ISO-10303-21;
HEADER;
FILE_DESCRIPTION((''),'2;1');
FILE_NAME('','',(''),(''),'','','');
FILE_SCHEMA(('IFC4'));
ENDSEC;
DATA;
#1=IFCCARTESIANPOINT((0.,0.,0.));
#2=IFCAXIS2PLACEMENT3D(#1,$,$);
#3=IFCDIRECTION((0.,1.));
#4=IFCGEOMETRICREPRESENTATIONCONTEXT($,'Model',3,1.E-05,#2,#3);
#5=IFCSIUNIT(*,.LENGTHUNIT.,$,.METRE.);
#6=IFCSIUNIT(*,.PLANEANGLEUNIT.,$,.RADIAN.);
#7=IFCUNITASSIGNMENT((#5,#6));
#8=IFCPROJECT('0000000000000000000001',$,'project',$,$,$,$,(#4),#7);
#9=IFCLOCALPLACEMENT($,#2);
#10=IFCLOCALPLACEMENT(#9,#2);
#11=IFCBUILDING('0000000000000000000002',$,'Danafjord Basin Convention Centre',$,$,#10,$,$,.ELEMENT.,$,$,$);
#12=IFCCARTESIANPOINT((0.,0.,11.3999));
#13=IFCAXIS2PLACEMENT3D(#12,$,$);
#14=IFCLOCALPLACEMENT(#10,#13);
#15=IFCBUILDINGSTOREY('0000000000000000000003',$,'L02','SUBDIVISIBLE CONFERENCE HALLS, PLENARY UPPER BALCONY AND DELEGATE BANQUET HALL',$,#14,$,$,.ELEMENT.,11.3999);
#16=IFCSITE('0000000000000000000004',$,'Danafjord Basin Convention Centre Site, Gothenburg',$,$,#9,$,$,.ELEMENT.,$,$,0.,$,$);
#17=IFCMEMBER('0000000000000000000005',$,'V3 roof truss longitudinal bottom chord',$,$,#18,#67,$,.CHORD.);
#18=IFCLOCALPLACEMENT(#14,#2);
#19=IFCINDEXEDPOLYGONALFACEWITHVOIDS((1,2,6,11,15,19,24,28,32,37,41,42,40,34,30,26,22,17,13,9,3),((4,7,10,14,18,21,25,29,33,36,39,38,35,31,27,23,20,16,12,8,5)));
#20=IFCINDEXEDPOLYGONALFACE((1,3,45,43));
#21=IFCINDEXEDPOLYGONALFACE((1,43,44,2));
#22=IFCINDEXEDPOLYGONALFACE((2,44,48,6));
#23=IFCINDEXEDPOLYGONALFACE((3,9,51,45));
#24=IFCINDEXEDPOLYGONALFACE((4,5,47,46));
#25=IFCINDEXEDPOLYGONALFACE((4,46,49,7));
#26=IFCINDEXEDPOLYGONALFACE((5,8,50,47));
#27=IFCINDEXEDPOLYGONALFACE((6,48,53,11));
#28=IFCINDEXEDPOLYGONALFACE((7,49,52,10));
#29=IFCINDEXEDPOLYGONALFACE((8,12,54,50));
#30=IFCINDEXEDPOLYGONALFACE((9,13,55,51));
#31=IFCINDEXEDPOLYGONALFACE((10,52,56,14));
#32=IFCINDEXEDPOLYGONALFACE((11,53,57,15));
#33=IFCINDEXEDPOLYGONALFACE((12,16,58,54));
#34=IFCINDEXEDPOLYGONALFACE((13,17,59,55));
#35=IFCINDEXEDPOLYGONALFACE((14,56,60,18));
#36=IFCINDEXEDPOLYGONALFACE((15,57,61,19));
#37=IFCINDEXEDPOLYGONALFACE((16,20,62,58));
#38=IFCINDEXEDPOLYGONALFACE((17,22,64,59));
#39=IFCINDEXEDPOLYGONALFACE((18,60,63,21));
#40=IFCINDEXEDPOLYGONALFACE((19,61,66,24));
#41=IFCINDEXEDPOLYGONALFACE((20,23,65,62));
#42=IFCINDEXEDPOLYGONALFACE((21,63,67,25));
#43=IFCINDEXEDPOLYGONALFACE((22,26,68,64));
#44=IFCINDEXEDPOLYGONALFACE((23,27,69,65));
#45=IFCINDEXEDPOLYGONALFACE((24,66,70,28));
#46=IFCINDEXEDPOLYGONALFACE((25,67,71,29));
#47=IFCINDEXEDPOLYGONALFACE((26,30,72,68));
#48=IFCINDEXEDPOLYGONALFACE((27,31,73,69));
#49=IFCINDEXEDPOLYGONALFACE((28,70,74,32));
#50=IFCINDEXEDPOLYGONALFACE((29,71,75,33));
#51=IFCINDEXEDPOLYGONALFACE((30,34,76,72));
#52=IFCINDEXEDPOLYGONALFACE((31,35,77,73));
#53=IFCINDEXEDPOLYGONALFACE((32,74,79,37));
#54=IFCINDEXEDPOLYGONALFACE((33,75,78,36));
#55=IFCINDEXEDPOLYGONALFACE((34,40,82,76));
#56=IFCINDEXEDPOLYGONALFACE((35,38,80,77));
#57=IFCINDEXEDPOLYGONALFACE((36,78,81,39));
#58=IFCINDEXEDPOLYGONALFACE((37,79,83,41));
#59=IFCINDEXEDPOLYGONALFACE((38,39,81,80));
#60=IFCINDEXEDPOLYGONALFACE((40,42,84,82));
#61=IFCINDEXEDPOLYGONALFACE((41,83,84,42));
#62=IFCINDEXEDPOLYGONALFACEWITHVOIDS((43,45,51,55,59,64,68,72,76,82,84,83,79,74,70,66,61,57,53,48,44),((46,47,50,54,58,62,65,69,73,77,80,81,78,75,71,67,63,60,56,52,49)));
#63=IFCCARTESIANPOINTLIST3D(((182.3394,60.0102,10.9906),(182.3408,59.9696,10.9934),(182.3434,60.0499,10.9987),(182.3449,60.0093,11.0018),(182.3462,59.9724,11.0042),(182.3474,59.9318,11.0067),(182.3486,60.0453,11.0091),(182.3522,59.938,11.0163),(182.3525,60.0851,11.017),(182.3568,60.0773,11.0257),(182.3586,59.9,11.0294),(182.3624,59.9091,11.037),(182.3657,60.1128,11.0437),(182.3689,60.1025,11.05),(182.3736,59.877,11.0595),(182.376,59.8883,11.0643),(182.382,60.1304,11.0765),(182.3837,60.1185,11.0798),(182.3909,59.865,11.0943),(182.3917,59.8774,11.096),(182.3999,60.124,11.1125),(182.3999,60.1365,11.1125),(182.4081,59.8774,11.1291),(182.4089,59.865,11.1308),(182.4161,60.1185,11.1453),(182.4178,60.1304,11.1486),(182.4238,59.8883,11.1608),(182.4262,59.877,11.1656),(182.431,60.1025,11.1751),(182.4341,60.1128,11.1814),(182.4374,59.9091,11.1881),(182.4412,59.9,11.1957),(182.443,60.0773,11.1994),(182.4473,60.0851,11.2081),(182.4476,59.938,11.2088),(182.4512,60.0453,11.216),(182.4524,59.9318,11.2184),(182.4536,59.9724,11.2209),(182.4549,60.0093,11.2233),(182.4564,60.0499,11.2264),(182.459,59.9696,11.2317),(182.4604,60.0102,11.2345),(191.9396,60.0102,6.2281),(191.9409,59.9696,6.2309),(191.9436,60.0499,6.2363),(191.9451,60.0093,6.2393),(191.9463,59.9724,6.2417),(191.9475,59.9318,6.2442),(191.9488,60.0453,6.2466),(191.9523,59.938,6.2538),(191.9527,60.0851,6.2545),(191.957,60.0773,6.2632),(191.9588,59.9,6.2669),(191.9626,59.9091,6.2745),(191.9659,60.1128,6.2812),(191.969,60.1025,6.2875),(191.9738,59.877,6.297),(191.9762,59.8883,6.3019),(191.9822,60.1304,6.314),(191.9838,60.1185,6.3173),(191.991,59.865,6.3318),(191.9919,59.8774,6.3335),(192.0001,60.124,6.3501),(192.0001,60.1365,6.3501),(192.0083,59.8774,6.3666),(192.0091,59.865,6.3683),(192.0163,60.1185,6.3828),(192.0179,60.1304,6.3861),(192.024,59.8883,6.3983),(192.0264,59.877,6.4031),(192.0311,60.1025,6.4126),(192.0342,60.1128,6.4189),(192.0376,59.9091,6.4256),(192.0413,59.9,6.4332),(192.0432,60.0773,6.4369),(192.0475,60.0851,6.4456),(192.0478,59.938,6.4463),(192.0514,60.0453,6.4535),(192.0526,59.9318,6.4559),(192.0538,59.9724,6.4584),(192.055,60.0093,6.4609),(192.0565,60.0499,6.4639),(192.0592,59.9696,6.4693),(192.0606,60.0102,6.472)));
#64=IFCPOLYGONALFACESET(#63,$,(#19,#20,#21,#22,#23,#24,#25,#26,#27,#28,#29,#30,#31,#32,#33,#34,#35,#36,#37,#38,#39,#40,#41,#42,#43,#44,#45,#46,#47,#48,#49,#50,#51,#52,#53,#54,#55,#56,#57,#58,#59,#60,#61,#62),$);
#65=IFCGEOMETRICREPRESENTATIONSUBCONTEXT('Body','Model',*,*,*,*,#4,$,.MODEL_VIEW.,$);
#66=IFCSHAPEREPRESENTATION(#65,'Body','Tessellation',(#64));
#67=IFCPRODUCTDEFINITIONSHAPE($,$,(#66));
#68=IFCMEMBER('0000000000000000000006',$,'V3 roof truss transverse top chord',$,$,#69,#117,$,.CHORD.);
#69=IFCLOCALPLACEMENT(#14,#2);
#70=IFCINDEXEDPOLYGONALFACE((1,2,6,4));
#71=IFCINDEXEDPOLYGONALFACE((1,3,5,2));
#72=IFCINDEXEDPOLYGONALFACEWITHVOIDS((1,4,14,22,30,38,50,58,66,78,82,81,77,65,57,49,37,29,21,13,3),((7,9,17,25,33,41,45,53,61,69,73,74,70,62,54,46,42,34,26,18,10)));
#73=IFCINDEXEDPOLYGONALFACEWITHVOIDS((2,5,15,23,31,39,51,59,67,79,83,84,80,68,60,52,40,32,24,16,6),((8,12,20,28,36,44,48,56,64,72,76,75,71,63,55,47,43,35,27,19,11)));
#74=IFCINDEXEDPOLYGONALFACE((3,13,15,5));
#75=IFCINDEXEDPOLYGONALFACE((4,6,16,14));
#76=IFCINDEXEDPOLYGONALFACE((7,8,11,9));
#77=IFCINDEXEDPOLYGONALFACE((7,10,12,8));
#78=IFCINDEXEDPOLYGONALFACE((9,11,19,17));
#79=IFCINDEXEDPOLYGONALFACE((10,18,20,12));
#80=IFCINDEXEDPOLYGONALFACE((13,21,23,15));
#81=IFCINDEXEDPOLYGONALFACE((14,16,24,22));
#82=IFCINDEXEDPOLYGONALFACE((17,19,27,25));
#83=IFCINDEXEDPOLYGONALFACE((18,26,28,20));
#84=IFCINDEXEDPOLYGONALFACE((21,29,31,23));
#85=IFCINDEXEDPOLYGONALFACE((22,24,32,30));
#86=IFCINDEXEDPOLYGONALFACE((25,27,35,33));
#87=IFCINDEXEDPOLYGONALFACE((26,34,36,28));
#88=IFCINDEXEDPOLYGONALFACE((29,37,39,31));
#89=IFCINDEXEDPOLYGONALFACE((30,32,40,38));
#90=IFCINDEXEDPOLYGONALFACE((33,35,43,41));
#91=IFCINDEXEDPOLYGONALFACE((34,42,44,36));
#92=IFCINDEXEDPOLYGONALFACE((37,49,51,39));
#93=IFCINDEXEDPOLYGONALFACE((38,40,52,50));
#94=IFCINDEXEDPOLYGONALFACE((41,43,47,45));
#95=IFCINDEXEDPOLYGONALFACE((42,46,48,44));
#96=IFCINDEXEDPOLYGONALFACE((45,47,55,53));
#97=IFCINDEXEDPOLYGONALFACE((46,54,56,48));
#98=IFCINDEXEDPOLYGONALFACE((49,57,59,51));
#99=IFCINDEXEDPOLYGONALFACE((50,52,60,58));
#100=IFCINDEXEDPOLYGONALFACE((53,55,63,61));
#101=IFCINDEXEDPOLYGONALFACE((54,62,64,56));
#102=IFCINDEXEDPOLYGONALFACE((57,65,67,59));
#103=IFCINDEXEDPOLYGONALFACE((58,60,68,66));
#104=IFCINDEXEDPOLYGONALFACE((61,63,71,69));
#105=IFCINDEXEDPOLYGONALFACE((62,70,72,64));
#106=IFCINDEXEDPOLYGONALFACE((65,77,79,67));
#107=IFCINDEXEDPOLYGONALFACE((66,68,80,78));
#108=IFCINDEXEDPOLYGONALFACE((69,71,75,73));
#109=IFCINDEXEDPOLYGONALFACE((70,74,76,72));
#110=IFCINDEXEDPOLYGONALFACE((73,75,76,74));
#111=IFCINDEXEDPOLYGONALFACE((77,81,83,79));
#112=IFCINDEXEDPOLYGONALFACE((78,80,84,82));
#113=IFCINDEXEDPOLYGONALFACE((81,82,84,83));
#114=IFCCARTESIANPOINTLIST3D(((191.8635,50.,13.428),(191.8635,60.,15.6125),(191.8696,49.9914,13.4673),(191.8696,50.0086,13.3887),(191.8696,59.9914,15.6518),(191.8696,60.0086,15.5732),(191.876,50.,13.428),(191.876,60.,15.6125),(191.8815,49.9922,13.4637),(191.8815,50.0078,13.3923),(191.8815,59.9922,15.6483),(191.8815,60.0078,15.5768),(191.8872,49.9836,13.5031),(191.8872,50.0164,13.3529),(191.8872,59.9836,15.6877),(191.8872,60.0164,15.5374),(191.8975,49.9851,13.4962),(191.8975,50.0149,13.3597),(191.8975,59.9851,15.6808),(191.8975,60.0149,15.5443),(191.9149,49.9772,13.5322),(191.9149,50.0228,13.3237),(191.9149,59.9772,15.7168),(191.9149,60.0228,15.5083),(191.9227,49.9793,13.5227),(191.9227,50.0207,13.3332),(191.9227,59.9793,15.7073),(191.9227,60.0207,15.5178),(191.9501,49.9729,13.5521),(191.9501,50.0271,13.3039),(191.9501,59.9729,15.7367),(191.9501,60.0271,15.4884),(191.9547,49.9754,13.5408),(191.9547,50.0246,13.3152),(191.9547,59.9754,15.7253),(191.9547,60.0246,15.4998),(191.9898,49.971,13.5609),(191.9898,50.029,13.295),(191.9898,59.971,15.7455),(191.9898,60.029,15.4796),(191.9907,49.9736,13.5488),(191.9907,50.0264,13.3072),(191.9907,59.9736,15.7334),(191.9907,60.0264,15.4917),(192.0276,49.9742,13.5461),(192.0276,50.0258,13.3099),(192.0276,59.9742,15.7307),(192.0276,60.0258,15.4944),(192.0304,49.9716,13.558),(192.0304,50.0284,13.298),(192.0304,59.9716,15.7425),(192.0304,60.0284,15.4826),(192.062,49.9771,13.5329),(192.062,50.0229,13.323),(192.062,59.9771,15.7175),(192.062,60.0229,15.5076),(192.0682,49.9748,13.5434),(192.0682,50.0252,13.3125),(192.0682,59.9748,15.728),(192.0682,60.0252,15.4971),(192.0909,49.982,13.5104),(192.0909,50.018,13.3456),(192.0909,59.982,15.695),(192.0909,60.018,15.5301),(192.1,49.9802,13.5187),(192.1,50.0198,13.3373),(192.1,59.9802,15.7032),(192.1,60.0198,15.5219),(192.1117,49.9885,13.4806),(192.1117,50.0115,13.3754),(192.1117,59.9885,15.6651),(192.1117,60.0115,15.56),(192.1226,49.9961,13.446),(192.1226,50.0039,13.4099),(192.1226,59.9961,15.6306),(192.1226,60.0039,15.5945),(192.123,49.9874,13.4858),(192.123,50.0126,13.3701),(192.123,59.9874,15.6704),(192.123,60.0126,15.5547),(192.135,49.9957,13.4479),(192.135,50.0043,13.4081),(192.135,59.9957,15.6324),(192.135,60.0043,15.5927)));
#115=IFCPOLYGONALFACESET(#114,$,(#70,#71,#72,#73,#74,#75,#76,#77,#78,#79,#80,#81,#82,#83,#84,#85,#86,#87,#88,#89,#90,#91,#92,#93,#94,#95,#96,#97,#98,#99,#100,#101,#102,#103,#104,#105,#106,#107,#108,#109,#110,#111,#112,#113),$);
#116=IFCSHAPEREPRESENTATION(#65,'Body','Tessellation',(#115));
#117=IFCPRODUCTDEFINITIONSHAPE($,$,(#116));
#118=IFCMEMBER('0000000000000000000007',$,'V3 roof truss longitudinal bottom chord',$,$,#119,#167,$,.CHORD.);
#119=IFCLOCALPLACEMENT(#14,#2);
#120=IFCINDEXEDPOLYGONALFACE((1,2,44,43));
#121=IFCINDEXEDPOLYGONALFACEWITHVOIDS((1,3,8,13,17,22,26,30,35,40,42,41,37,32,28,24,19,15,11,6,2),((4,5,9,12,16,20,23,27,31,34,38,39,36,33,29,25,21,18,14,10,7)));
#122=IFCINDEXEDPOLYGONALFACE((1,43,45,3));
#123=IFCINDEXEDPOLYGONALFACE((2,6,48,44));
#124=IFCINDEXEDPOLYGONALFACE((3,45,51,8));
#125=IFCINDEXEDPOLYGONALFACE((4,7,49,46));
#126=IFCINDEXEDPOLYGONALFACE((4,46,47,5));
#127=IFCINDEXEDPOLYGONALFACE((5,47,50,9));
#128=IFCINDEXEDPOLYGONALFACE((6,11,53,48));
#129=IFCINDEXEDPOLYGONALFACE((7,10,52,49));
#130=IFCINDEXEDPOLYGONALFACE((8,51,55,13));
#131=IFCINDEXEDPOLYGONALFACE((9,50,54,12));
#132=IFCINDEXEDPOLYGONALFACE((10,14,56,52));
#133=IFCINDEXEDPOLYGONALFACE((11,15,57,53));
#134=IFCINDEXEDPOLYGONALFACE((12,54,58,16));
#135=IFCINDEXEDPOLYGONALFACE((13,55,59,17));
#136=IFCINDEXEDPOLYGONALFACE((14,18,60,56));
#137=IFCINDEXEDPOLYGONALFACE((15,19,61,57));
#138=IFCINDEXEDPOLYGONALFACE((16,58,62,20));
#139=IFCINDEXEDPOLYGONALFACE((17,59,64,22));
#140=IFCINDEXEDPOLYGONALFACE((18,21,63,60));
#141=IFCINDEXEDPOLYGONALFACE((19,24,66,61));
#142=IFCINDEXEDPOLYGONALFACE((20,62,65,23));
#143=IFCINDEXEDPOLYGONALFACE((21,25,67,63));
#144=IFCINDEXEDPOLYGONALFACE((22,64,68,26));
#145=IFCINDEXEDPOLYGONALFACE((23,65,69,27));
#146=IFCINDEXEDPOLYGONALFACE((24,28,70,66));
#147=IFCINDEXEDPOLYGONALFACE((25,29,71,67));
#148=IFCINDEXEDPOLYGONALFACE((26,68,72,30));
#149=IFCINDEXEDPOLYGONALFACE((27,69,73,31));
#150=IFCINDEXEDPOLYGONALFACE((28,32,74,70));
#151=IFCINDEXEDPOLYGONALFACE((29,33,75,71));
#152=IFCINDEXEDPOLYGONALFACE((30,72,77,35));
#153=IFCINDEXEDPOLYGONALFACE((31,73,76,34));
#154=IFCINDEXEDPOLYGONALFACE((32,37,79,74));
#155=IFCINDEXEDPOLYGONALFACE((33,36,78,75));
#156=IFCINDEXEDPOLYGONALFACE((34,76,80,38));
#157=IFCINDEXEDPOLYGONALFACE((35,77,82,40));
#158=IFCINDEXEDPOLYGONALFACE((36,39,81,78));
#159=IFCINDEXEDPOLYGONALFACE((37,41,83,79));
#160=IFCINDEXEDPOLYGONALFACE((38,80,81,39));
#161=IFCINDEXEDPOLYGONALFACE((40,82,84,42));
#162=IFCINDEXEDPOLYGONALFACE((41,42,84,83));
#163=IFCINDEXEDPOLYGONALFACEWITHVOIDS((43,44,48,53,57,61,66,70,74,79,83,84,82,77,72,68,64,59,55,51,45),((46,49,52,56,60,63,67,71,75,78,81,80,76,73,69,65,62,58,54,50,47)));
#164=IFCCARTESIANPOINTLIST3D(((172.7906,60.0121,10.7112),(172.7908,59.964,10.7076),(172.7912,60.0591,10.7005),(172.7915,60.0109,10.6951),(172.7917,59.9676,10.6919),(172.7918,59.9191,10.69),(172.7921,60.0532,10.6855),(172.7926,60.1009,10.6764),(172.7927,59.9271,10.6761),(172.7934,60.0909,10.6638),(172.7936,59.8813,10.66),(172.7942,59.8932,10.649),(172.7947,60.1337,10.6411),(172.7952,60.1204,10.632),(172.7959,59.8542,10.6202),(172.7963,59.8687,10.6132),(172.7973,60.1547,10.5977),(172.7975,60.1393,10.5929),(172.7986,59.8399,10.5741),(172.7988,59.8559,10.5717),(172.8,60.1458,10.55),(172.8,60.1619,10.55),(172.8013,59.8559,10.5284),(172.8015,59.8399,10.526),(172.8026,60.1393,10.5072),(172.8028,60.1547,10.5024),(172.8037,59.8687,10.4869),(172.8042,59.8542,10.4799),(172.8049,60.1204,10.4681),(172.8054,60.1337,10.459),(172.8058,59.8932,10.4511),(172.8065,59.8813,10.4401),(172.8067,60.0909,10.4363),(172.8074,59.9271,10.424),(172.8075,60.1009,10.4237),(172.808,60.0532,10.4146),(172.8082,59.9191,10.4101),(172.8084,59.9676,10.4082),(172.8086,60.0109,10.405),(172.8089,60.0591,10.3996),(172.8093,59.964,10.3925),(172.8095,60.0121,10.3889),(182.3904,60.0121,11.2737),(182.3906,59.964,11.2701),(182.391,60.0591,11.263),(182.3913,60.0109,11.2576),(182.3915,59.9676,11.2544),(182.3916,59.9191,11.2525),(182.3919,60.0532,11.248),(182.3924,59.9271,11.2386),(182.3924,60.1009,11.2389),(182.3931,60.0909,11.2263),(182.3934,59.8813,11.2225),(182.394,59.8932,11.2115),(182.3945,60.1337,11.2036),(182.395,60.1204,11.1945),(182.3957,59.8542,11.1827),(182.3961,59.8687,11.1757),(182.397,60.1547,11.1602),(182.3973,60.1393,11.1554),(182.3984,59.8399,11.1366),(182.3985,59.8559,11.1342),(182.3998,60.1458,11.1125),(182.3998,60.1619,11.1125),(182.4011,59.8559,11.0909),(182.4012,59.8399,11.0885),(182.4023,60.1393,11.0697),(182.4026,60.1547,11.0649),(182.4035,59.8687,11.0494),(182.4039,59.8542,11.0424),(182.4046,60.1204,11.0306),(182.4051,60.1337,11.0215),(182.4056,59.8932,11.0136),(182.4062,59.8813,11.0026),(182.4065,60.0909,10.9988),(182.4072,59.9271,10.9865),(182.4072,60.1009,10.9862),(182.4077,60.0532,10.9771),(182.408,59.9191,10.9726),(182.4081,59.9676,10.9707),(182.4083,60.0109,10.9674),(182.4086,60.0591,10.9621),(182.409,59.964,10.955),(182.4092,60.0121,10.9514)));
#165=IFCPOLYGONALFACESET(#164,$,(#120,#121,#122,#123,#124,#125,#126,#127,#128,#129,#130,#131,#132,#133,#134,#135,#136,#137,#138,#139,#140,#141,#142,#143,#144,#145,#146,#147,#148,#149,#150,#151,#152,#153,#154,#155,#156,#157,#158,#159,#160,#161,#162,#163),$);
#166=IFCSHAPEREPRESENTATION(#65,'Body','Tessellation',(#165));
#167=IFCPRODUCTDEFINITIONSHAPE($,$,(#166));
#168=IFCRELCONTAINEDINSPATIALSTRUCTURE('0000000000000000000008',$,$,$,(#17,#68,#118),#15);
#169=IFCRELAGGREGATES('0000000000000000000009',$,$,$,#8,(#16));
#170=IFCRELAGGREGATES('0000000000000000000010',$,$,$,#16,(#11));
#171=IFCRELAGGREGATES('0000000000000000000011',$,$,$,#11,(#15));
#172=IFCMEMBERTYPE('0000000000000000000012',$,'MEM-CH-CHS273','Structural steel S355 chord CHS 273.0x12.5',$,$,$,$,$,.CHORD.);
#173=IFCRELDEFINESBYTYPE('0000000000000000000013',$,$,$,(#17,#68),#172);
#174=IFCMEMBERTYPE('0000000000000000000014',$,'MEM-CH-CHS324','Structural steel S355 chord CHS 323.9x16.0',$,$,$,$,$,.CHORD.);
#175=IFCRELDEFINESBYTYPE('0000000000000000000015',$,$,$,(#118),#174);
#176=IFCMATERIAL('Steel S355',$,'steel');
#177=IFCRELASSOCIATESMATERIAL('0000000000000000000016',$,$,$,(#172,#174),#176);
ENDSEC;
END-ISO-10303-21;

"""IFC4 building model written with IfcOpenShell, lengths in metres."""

from ifc_helpers import new_model, si_unit, direction, frame, origin, origin_2d, place, context, subcontext, project, spatial, hollow_circle, extrude, material, material_profile, profile_set, type_object, element, save


model = new_model("IFC4")

# Units and contexts
model_context = context("Model", 3, precision=1e-05, world=origin(), true_north=direction((0.0, 1.0)))
body_context = subcontext(model_context, "Body", "Model", "MODEL_VIEW")
ifc_project = project(units=[si_unit("LENGTHUNIT", "METRE"), si_unit("PLANEANGLEUNIT", "RADIAN")], contexts=[model_context])

# Site, building, storey
site_placement = place(None, origin())
site = spatial("IfcSite", under=ifc_project, at=site_placement, Name="Danafjord Basin Convention Centre Site, Gothenburg", CompositionType="ELEMENT", RefElevation=0.0)
building_placement = place(site_placement, origin())
building = spatial("IfcBuilding", under=site, at=building_placement, Name="Danafjord Basin Convention Centre", CompositionType="ELEMENT")
storey_placement = place(building_placement, frame((0.0, 0.0, 11.3999)))
storey = spatial("IfcBuildingStorey", under=building, at=storey_placement, Name="L02", Description="SUBDIVISIBLE CONFERENCE HALLS, PLENARY UPPER BALCONY AND DELEGATE BANQUET HALL", CompositionType="ELEMENT", Elevation=11.3999)

# Shared definitions
ifc_material = material(Name="Steel S355", Category="steel")

# Members
ifc_material_profile_1 = material_profile(ifc_material, hollow_circle(Radius=0.1365, WallThickness=0.0125, at=origin_2d()), Name="CHS 273.0x12.5")
ifc_profile_set_1 = profile_set([ifc_material_profile_1], Name="Steel S355")
member_type_1 = type_object("IfcMemberType", Name="MEM-CH-CHS273", Description="Structural steel S355 chord CHS 273.0x12.5", PredefinedType="CHORD", material=ifc_profile_set_1)
member_1_placement = place(storey_placement, frame((182.3999, 60.0, 11.1125), z_axis=(0.895826, 0.0, -0.444405), x_axis=(0.0, 1.0, 0.0)))
element("IfcMember", 1, at=member_1_placement, inside=storey, type_object=member_type_1, Name="V3 roof truss longitudinal bottom chord", PredefinedType="CHORD", context=body_context, shape_type="SweptSolid", body=[
    extrude(hollow_circle(Radius=0.1365, WallThickness=0.0125, at=origin_2d()), origin(), (0.0, 0.0, 1.0), 10.7166),
])
member_2_placement = place(storey_placement, frame((192.0, 50.0, 13.428), z_axis=(0.0, 0.97696, 0.213424), x_axis=(-1.0, 0.0, 0.0)))
element("IfcMember", 2, at=member_2_placement, inside=storey, type_object=member_type_1, Name="V3 roof truss transverse top chord", PredefinedType="CHORD", context=body_context, shape_type="SweptSolid", body=[
    extrude(hollow_circle(Radius=0.1365, WallThickness=0.0125, at=origin_2d()), origin(), (0.0, 0.0, 1.0), 10.2358),
])
ifc_material_profile_2 = material_profile(ifc_material, hollow_circle(Radius=0.1619, WallThickness=0.0161, at=origin_2d()), Name="CHS 323.9x16.0")
ifc_profile_set_2 = profile_set([ifc_material_profile_2], Name="Steel S355")
member_type_2 = type_object("IfcMemberType", Name="MEM-CH-CHS324", Description="Structural steel S355 chord CHS 323.9x16.0", PredefinedType="CHORD", material=ifc_profile_set_2)
member_3_placement = place(storey_placement, frame((172.8, 60.0, 10.55), z_axis=(0.998288, 0.0, 0.058494), x_axis=(0.0, 1.0, 0.0)))
element("IfcMember", 3, at=member_3_placement, inside=storey, type_object=member_type_2, Name="V3 roof truss longitudinal bottom chord", PredefinedType="CHORD", context=body_context, shape_type="SweptSolid", body=[
    extrude(hollow_circle(Radius=0.1619, WallThickness=0.0161, at=origin_2d()), origin(), (0.0, 0.0, 1.0), 9.6162),
])

save(model, "model.ifc")
